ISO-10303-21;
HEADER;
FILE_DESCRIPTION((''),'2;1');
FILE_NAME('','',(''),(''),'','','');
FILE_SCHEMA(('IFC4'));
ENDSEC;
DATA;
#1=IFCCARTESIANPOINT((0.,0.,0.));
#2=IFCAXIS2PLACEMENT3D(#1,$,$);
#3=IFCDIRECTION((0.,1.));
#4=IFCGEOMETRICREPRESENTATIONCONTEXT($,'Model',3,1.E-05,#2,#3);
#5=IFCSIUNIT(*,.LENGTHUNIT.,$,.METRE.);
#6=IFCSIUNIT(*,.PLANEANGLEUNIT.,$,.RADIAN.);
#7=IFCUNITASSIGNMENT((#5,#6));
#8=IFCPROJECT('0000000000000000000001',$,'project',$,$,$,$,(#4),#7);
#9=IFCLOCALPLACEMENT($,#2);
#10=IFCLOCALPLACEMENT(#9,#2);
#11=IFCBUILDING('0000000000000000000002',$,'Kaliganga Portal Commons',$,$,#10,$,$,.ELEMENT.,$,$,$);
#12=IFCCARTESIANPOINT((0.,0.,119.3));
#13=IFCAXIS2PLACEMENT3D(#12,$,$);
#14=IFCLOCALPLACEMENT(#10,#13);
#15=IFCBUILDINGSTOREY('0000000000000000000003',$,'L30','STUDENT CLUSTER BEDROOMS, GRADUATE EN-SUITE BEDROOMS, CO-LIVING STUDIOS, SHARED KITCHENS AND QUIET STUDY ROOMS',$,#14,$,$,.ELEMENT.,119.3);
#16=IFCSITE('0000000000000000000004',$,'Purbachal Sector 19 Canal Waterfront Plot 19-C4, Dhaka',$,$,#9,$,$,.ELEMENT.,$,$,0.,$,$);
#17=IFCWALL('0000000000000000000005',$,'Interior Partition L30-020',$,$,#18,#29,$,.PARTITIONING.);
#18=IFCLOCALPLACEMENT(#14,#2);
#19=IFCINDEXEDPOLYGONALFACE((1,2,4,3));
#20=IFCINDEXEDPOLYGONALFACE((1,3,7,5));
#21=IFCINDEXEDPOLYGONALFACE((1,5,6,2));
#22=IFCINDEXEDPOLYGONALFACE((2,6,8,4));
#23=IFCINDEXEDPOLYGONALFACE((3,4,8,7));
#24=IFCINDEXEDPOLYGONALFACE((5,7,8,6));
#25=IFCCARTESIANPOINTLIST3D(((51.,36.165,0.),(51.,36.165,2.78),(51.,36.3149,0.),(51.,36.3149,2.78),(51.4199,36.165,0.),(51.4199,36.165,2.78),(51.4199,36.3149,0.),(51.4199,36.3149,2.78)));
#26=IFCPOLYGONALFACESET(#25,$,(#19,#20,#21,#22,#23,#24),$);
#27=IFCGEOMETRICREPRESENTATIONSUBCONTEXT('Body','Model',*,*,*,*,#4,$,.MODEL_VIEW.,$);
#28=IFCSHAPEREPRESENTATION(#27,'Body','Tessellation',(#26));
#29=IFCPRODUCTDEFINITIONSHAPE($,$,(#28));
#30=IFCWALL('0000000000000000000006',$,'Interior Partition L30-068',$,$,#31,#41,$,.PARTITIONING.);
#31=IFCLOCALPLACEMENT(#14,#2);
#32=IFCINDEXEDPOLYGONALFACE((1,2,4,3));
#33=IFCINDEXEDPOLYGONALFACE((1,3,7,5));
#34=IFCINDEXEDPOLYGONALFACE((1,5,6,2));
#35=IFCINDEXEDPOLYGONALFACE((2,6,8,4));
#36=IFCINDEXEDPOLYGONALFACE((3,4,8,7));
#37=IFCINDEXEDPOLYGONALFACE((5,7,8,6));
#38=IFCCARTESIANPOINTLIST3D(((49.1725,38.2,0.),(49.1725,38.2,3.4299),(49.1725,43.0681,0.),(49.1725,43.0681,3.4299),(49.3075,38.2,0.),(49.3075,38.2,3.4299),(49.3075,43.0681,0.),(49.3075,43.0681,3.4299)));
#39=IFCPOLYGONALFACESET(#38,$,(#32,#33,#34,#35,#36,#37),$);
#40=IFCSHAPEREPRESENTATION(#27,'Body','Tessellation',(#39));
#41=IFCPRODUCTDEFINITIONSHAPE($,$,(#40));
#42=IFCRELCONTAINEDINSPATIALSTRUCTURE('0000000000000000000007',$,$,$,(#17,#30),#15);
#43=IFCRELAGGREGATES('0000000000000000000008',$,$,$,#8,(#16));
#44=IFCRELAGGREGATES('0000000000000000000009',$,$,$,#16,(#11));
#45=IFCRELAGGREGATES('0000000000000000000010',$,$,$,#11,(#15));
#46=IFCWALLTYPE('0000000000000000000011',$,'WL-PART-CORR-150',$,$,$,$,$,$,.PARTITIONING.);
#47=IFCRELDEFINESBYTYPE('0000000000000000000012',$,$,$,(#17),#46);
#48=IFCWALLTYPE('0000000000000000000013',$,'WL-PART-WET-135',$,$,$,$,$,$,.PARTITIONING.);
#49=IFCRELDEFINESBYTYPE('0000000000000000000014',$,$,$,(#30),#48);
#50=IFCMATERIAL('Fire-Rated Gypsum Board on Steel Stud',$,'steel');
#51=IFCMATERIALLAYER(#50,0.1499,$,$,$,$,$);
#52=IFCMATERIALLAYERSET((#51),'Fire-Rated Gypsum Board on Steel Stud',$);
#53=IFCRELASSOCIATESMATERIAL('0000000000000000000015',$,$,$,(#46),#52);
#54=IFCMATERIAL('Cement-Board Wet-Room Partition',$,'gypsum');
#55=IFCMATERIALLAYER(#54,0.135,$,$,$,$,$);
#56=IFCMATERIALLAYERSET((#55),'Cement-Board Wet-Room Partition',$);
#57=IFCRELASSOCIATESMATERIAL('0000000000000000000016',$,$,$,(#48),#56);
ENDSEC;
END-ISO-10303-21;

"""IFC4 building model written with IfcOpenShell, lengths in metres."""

from ifc_helpers import new_model, si_unit, direction, frame, frame_2d, origin, place, context, subcontext, project, spatial, rectangle, extrude, material, layer, layer_set, type_object, element, save


model = new_model("IFC4")

# Units and contexts
model_context = context("Model", 3, precision=1e-05, world=origin(), true_north=direction((0.0, 1.0)))
body_context = subcontext(model_context, "Body", "Model", "MODEL_VIEW")
ifc_project = project(units=[si_unit("LENGTHUNIT", "METRE"), si_unit("PLANEANGLEUNIT", "RADIAN")], contexts=[model_context])

# Site, building, storey
site_placement = place(None, origin())
site = spatial("IfcSite", under=ifc_project, at=site_placement, Name="Purbachal Sector 19 Canal Waterfront Plot 19-C4, Dhaka", CompositionType="ELEMENT", RefElevation=0.0)
building_placement = place(site_placement, origin())
building = spatial("IfcBuilding", under=site, at=building_placement, Name="Kaliganga Portal Commons", CompositionType="ELEMENT")
storey_placement = place(building_placement, frame((0.0, 0.0, 119.3)))
storey = spatial("IfcBuildingStorey", under=building, at=storey_placement, Name="L30", Description="STUDENT CLUSTER BEDROOMS, GRADUATE EN-SUITE BEDROOMS, CO-LIVING STUDIOS, SHARED KITCHENS AND QUIET STUDY ROOMS", CompositionType="ELEMENT", Elevation=119.3)

# Shared definitions
ifc_material_1 = material(Name="Fire-Rated Gypsum Board on Steel Stud", Category="steel")
ifc_layer_1 = layer(ifc_material_1, 0.1499)
ifc_layer_set_1 = layer_set([ifc_layer_1], Name="Fire-Rated Gypsum Board on Steel Stud")
wall_type_1 = type_object("IfcWallType", Name="WL-PART-CORR-150", PredefinedType="PARTITIONING", material=ifc_layer_set_1)

# Wall
wall_1_placement = place(storey_placement, frame((51.0, 36.24, 0.0), z_axis=(0.0, 0.0, 1.0), x_axis=(1.0, 0.0, 0.0)))
element("IfcWall", 1, at=wall_1_placement, inside=storey, type_object=wall_type_1, Name="Interior Partition L30-020", PredefinedType="PARTITIONING", context=body_context, shape_type="SweptSolid", body=[
    extrude(rectangle(XDim=0.4199, YDim=0.1499, at=frame_2d((0.21, 0.0))), origin(), (0.0, 0.0, 1.0), 2.78),
])

# Wall
ifc_material_2 = material(Name="Cement-Board Wet-Room Partition", Category="gypsum")
ifc_layer_2 = layer(ifc_material_2, 0.135)
ifc_layer_set_2 = layer_set([ifc_layer_2], Name="Cement-Board Wet-Room Partition")
wall_type_2 = type_object("IfcWallType", Name="WL-PART-WET-135", PredefinedType="PARTITIONING", material=ifc_layer_set_2)
wall_2_placement = place(storey_placement, frame((49.24, 38.2, 0.0), z_axis=(0.0, 0.0, 1.0), x_axis=(0.0, 1.0, 0.0)))
element("IfcWall", 2, at=wall_2_placement, inside=storey, type_object=wall_type_2, Name="Interior Partition L30-068", PredefinedType="PARTITIONING", context=body_context, shape_type="SweptSolid", body=[
    extrude(rectangle(XDim=4.8682, YDim=0.135, at=frame_2d((2.4341, 0.0))), origin(), (0.0, 0.0, 1.0), 3.4299),
])

save(model, "model.ifc")
